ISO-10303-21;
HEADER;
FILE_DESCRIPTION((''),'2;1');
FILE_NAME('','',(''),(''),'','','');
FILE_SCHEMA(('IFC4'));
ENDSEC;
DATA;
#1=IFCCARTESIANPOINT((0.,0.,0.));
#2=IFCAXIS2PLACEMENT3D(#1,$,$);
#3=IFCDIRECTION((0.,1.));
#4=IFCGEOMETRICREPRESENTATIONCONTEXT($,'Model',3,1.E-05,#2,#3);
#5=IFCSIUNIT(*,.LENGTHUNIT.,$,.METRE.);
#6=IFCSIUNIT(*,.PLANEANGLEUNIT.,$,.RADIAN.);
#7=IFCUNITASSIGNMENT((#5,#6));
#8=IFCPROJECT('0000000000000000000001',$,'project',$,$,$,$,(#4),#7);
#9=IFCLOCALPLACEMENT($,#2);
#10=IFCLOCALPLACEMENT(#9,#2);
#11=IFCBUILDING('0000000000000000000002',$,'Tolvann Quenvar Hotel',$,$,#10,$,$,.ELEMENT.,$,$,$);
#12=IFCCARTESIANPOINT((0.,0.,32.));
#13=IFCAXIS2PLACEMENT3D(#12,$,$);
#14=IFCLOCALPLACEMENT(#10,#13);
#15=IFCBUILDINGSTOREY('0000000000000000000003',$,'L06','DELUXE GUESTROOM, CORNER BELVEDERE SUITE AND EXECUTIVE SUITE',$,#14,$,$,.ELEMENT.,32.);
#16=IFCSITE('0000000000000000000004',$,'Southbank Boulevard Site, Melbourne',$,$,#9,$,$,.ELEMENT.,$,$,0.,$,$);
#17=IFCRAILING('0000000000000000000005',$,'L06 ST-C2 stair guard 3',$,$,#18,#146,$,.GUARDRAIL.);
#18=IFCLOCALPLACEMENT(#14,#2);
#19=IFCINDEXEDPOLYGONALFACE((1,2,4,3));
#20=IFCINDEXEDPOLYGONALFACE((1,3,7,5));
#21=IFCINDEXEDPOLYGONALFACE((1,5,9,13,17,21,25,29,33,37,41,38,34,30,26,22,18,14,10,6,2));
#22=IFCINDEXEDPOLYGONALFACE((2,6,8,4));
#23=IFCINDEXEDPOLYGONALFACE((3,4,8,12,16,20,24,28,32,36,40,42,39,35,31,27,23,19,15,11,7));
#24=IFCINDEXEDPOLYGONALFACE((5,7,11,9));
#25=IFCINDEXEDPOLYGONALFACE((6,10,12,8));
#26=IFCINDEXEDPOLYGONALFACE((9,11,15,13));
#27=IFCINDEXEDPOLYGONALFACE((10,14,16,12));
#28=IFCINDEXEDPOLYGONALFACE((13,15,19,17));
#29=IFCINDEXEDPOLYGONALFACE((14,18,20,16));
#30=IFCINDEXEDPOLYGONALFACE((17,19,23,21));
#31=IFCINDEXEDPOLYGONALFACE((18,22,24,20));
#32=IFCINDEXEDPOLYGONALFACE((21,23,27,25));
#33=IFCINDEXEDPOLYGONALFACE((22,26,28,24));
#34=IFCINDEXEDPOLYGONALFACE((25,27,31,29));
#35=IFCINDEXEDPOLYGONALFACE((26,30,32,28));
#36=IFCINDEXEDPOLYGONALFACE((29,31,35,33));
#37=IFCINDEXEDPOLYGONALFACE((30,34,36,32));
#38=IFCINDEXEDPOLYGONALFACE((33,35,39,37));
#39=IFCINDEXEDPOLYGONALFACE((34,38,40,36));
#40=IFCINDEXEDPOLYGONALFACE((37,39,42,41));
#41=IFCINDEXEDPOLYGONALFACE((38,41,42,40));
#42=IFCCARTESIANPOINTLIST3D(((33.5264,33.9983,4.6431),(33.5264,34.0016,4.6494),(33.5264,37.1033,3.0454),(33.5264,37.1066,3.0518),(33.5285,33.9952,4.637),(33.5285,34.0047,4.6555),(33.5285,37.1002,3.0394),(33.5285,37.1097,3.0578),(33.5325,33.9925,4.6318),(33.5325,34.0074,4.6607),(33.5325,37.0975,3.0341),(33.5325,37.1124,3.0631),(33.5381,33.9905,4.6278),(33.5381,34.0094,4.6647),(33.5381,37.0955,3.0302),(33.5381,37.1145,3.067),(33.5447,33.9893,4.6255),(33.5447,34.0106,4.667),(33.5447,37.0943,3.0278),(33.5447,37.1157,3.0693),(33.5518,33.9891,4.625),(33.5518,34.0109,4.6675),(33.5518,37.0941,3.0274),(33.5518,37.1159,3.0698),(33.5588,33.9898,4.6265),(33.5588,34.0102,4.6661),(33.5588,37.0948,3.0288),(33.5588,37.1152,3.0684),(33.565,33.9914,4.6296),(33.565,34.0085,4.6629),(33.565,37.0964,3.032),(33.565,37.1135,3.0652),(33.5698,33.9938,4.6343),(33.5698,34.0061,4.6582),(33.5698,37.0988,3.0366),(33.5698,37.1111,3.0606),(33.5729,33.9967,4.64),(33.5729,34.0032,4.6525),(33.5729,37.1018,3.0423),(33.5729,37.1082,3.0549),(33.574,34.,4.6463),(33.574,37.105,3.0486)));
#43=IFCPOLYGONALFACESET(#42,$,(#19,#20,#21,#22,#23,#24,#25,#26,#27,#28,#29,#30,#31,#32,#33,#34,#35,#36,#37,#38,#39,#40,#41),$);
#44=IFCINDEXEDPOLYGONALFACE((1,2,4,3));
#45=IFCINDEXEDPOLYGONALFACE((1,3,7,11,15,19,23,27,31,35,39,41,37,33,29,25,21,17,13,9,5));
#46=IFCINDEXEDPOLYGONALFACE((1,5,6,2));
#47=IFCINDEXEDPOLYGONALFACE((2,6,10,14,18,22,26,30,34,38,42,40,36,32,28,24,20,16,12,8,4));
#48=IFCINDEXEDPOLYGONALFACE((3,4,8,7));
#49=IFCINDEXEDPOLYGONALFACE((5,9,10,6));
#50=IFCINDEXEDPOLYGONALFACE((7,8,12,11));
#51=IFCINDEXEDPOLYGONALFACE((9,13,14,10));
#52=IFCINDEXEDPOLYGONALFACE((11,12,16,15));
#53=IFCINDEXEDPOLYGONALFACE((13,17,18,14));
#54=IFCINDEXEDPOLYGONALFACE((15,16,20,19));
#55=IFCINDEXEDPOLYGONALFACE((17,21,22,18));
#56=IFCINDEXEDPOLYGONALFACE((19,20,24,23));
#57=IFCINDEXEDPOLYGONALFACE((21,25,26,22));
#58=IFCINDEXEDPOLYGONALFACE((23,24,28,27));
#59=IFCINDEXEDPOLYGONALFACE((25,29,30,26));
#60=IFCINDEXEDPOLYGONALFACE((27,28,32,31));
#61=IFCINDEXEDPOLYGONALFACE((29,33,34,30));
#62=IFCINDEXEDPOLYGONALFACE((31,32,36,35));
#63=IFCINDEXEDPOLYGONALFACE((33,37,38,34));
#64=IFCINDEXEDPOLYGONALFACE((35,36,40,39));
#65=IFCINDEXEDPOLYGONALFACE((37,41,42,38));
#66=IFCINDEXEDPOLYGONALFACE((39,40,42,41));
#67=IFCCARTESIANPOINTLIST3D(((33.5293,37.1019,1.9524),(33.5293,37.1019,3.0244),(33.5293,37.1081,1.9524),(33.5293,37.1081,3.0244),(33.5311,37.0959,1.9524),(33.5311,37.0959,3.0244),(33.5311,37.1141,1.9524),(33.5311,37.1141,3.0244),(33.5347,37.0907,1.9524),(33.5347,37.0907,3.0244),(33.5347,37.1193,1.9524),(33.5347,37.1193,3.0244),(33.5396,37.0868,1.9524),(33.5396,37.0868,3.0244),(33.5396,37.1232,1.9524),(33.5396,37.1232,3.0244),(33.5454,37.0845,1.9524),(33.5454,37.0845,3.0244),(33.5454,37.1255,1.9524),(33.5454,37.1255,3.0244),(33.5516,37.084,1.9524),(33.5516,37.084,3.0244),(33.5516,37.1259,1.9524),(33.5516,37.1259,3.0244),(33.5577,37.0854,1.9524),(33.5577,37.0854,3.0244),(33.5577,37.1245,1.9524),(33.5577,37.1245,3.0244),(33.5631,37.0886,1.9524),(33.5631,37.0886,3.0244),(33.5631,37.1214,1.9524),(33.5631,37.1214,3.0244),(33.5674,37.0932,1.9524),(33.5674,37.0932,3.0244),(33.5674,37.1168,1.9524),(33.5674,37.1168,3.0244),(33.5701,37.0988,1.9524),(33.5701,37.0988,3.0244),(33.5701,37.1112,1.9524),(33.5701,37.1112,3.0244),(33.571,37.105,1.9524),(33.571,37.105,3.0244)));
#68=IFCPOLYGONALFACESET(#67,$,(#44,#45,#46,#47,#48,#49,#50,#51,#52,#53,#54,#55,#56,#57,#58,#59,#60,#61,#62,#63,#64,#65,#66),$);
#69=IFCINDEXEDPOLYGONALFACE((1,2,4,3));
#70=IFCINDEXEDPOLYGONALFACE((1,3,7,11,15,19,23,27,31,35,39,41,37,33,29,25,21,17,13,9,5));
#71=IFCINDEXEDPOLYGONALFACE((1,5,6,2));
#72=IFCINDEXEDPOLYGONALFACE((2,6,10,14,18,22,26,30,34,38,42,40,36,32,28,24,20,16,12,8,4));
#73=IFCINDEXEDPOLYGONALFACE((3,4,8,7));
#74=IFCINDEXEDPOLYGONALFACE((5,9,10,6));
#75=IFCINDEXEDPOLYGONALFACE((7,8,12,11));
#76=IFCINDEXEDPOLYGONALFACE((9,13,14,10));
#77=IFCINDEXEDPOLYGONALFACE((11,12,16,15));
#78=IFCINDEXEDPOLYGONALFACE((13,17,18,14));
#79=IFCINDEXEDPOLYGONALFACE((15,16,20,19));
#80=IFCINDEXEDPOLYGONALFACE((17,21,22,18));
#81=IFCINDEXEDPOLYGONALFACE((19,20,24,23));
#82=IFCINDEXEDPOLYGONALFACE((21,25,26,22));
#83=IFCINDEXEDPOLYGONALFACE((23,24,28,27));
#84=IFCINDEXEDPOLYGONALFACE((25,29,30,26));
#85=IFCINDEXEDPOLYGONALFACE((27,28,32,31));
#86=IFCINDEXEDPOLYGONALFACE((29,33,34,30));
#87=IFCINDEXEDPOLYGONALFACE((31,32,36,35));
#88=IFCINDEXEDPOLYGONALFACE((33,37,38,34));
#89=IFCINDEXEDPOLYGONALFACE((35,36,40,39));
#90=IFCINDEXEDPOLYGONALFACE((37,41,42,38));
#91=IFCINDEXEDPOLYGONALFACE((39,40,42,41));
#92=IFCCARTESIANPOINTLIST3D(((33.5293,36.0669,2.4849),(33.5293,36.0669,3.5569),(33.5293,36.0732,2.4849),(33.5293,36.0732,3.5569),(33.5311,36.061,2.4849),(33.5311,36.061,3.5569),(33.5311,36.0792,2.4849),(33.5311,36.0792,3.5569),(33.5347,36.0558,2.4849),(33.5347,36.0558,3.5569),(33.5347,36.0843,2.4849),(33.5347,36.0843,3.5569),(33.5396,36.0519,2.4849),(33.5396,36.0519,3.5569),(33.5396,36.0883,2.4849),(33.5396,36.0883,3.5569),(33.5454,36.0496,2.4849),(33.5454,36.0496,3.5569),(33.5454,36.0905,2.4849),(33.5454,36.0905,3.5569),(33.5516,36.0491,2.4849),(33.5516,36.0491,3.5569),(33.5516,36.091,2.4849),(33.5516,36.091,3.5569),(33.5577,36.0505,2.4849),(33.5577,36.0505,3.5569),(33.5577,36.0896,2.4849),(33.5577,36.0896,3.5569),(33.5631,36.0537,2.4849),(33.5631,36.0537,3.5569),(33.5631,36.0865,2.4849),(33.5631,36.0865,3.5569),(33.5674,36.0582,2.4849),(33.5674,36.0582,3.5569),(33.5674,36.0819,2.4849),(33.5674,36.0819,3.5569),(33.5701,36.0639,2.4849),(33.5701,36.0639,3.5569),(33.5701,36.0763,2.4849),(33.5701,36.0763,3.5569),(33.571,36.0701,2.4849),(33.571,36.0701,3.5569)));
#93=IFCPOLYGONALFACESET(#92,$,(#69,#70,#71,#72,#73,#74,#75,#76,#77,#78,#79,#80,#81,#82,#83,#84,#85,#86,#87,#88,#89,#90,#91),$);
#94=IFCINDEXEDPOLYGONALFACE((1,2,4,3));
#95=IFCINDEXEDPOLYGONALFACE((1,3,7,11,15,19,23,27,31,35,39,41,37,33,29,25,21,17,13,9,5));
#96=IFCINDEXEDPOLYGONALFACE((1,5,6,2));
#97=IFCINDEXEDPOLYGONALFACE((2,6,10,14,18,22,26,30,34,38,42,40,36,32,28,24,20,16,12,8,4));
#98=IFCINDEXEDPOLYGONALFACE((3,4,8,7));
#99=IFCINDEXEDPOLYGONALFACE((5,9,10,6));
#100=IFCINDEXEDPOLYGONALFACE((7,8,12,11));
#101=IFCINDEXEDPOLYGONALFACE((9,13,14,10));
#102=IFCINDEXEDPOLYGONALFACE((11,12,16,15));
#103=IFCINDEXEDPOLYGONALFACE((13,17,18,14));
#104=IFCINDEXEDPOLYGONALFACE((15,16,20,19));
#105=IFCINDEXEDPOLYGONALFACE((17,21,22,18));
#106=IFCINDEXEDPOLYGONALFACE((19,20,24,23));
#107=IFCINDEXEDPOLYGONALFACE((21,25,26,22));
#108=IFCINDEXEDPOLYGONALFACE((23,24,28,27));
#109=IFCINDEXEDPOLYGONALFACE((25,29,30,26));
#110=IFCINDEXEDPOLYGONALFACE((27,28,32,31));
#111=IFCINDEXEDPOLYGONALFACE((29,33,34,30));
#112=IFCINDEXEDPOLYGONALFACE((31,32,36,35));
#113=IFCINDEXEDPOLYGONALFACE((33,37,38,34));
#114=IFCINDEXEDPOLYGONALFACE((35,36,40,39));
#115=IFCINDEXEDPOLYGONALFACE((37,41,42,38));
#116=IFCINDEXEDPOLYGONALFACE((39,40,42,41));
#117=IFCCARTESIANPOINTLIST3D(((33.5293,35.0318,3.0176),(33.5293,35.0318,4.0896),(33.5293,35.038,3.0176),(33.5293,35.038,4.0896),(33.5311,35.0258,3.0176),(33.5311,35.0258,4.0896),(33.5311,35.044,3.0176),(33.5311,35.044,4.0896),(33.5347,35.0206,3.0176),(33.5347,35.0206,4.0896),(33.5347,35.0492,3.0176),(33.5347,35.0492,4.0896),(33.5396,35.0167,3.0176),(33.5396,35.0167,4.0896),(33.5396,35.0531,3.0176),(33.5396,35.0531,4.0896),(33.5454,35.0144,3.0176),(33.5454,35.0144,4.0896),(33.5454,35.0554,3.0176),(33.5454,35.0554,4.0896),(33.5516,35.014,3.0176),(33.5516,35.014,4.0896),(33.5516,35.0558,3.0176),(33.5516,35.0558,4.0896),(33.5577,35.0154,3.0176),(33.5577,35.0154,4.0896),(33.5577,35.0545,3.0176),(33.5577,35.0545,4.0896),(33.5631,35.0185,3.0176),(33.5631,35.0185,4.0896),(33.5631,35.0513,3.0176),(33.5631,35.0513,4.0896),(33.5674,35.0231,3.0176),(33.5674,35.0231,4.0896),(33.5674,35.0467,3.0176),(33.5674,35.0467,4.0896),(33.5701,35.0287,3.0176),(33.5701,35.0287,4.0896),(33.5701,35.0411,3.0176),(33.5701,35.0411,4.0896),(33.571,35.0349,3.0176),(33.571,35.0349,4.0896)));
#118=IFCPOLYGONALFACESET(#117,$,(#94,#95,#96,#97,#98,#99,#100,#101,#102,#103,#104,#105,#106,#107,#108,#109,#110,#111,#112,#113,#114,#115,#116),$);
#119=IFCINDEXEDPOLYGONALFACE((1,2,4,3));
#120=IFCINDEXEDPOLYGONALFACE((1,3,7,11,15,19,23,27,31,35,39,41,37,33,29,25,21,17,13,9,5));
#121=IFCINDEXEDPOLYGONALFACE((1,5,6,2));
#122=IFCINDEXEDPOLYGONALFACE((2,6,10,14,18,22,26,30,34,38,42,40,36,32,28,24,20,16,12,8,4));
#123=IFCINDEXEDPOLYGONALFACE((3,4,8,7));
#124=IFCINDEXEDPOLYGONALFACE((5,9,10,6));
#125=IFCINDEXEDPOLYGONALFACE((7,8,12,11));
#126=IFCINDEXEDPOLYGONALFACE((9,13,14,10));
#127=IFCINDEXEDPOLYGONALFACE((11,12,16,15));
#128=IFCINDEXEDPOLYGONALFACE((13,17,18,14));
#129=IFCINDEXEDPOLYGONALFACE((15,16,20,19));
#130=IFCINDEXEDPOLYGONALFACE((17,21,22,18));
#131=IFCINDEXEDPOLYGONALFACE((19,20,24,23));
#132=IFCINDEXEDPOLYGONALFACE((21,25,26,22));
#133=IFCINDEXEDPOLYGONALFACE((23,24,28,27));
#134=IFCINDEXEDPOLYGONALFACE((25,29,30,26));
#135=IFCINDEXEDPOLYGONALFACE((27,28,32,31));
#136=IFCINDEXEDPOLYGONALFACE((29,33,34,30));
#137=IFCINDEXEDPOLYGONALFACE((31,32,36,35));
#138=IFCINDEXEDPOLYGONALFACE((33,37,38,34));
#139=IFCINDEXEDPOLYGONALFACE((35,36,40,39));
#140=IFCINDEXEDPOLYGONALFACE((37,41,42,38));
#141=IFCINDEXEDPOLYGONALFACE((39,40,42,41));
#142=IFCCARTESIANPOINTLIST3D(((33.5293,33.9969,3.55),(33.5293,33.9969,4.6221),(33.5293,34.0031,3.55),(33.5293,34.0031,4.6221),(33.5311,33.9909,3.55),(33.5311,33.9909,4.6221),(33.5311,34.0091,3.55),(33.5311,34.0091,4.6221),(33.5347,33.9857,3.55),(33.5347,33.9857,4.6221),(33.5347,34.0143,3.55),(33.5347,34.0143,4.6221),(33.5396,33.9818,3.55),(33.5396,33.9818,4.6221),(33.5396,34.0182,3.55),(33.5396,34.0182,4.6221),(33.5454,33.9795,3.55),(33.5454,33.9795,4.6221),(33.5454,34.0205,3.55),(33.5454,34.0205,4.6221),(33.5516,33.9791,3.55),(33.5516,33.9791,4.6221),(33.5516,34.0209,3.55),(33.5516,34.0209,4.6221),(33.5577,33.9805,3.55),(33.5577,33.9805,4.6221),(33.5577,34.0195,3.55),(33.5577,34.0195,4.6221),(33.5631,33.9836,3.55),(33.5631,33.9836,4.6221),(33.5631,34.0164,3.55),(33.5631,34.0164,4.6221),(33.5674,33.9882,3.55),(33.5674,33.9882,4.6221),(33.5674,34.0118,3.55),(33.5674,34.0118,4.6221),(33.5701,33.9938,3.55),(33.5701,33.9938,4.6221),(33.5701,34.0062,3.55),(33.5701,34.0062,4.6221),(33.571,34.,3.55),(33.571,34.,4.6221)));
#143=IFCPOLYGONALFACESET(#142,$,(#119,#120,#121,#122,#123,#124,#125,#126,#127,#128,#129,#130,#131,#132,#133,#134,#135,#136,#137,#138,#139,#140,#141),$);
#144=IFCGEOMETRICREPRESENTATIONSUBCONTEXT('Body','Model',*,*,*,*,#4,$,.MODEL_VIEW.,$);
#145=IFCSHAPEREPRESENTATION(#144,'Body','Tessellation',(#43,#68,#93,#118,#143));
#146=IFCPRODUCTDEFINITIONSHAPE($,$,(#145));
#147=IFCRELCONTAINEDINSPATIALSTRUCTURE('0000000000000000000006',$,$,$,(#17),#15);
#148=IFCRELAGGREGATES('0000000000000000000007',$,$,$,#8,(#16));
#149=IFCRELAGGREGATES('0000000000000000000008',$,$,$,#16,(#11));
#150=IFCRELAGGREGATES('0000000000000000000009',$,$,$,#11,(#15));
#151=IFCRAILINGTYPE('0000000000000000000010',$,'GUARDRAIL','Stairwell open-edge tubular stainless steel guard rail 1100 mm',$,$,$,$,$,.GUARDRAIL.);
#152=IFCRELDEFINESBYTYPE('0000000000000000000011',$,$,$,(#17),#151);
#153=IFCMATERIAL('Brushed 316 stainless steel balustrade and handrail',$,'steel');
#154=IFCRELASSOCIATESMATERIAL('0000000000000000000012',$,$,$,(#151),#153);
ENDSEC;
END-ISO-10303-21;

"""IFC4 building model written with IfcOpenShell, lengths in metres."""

from ifc_helpers import new_model, si_unit, direction, frame, origin, origin_2d, place, context, subcontext, project, spatial, circle, extrude, material, type_object, element, save


model = new_model("IFC4")

# Units and contexts
model_context = context("Model", 3, precision=1e-05, world=origin(), true_north=direction((0.0, 1.0)))
body_context = subcontext(model_context, "Body", "Model", "MODEL_VIEW")
ifc_project = project(units=[si_unit("LENGTHUNIT", "METRE"), si_unit("PLANEANGLEUNIT", "RADIAN")], contexts=[model_context])

# Site, building, storey
site_placement = place(None, origin())
site = spatial("IfcSite", under=ifc_project, at=site_placement, Name="Southbank Boulevard Site, Melbourne", CompositionType="ELEMENT", RefElevation=0.0)
building_placement = place(site_placement, origin())
building = spatial("IfcBuilding", under=site, at=building_placement, Name="Tolvann Quenvar Hotel", CompositionType="ELEMENT")
storey_placement = place(building_placement, frame((0.0, 0.0, 32.0)))
storey = spatial("IfcBuildingStorey", under=building, at=storey_placement, Name="L06", Description="DELUXE GUESTROOM, CORNER BELVEDERE SUITE AND EXECUTIVE SUITE", CompositionType="ELEMENT", Elevation=32.0)

# Railing
ifc_material_1 = material(Name="Brushed 316 stainless steel balustrade and handrail", Category="steel")
railing_type_1 = type_object("IfcRailingType", Name="GUARDRAIL", Description="Stairwell open-edge tubular stainless steel guard rail 1100 mm", PredefinedType="GUARDRAIL", material=ifc_material_1)
railing_1_placement = place(storey_placement, frame((33.55, 37.105, 1.9524)))
element("IfcRailing", 1, at=railing_1_placement, inside=storey, type_object=railing_type_1, Name="L06 ST-C2 stair guard 3", PredefinedType="GUARDRAIL", context=body_context, shape_type="SweptSolid", body=[
    extrude(circle(Radius=0.0239, at=origin_2d()), frame((0.0, 0.0, 1.0962), z_axis=(0.0, -0.889194, 0.457531), x_axis=(1.0, 0.0, 0.0)), (0.0, 0.0, 1.0), 3.4919),
    extrude(circle(Radius=0.021, at=origin_2d()), origin(), (0.0, 0.0, 1.0), 1.072),
    extrude(circle(Radius=0.021, at=origin_2d()), frame((0.0, -1.0349, 0.5325)), (0.0, 0.0, 1.0), 1.072),
    extrude(circle(Radius=0.021, at=origin_2d()), frame((0.0, -2.0701, 1.0652)), (0.0, 0.0, 1.0), 1.072),
    extrude(circle(Radius=0.021, at=origin_2d()), frame((0.0, -3.105, 1.5977)), (0.0, 0.0, 1.0), 1.072),
])

save(model, "model.ifc")
